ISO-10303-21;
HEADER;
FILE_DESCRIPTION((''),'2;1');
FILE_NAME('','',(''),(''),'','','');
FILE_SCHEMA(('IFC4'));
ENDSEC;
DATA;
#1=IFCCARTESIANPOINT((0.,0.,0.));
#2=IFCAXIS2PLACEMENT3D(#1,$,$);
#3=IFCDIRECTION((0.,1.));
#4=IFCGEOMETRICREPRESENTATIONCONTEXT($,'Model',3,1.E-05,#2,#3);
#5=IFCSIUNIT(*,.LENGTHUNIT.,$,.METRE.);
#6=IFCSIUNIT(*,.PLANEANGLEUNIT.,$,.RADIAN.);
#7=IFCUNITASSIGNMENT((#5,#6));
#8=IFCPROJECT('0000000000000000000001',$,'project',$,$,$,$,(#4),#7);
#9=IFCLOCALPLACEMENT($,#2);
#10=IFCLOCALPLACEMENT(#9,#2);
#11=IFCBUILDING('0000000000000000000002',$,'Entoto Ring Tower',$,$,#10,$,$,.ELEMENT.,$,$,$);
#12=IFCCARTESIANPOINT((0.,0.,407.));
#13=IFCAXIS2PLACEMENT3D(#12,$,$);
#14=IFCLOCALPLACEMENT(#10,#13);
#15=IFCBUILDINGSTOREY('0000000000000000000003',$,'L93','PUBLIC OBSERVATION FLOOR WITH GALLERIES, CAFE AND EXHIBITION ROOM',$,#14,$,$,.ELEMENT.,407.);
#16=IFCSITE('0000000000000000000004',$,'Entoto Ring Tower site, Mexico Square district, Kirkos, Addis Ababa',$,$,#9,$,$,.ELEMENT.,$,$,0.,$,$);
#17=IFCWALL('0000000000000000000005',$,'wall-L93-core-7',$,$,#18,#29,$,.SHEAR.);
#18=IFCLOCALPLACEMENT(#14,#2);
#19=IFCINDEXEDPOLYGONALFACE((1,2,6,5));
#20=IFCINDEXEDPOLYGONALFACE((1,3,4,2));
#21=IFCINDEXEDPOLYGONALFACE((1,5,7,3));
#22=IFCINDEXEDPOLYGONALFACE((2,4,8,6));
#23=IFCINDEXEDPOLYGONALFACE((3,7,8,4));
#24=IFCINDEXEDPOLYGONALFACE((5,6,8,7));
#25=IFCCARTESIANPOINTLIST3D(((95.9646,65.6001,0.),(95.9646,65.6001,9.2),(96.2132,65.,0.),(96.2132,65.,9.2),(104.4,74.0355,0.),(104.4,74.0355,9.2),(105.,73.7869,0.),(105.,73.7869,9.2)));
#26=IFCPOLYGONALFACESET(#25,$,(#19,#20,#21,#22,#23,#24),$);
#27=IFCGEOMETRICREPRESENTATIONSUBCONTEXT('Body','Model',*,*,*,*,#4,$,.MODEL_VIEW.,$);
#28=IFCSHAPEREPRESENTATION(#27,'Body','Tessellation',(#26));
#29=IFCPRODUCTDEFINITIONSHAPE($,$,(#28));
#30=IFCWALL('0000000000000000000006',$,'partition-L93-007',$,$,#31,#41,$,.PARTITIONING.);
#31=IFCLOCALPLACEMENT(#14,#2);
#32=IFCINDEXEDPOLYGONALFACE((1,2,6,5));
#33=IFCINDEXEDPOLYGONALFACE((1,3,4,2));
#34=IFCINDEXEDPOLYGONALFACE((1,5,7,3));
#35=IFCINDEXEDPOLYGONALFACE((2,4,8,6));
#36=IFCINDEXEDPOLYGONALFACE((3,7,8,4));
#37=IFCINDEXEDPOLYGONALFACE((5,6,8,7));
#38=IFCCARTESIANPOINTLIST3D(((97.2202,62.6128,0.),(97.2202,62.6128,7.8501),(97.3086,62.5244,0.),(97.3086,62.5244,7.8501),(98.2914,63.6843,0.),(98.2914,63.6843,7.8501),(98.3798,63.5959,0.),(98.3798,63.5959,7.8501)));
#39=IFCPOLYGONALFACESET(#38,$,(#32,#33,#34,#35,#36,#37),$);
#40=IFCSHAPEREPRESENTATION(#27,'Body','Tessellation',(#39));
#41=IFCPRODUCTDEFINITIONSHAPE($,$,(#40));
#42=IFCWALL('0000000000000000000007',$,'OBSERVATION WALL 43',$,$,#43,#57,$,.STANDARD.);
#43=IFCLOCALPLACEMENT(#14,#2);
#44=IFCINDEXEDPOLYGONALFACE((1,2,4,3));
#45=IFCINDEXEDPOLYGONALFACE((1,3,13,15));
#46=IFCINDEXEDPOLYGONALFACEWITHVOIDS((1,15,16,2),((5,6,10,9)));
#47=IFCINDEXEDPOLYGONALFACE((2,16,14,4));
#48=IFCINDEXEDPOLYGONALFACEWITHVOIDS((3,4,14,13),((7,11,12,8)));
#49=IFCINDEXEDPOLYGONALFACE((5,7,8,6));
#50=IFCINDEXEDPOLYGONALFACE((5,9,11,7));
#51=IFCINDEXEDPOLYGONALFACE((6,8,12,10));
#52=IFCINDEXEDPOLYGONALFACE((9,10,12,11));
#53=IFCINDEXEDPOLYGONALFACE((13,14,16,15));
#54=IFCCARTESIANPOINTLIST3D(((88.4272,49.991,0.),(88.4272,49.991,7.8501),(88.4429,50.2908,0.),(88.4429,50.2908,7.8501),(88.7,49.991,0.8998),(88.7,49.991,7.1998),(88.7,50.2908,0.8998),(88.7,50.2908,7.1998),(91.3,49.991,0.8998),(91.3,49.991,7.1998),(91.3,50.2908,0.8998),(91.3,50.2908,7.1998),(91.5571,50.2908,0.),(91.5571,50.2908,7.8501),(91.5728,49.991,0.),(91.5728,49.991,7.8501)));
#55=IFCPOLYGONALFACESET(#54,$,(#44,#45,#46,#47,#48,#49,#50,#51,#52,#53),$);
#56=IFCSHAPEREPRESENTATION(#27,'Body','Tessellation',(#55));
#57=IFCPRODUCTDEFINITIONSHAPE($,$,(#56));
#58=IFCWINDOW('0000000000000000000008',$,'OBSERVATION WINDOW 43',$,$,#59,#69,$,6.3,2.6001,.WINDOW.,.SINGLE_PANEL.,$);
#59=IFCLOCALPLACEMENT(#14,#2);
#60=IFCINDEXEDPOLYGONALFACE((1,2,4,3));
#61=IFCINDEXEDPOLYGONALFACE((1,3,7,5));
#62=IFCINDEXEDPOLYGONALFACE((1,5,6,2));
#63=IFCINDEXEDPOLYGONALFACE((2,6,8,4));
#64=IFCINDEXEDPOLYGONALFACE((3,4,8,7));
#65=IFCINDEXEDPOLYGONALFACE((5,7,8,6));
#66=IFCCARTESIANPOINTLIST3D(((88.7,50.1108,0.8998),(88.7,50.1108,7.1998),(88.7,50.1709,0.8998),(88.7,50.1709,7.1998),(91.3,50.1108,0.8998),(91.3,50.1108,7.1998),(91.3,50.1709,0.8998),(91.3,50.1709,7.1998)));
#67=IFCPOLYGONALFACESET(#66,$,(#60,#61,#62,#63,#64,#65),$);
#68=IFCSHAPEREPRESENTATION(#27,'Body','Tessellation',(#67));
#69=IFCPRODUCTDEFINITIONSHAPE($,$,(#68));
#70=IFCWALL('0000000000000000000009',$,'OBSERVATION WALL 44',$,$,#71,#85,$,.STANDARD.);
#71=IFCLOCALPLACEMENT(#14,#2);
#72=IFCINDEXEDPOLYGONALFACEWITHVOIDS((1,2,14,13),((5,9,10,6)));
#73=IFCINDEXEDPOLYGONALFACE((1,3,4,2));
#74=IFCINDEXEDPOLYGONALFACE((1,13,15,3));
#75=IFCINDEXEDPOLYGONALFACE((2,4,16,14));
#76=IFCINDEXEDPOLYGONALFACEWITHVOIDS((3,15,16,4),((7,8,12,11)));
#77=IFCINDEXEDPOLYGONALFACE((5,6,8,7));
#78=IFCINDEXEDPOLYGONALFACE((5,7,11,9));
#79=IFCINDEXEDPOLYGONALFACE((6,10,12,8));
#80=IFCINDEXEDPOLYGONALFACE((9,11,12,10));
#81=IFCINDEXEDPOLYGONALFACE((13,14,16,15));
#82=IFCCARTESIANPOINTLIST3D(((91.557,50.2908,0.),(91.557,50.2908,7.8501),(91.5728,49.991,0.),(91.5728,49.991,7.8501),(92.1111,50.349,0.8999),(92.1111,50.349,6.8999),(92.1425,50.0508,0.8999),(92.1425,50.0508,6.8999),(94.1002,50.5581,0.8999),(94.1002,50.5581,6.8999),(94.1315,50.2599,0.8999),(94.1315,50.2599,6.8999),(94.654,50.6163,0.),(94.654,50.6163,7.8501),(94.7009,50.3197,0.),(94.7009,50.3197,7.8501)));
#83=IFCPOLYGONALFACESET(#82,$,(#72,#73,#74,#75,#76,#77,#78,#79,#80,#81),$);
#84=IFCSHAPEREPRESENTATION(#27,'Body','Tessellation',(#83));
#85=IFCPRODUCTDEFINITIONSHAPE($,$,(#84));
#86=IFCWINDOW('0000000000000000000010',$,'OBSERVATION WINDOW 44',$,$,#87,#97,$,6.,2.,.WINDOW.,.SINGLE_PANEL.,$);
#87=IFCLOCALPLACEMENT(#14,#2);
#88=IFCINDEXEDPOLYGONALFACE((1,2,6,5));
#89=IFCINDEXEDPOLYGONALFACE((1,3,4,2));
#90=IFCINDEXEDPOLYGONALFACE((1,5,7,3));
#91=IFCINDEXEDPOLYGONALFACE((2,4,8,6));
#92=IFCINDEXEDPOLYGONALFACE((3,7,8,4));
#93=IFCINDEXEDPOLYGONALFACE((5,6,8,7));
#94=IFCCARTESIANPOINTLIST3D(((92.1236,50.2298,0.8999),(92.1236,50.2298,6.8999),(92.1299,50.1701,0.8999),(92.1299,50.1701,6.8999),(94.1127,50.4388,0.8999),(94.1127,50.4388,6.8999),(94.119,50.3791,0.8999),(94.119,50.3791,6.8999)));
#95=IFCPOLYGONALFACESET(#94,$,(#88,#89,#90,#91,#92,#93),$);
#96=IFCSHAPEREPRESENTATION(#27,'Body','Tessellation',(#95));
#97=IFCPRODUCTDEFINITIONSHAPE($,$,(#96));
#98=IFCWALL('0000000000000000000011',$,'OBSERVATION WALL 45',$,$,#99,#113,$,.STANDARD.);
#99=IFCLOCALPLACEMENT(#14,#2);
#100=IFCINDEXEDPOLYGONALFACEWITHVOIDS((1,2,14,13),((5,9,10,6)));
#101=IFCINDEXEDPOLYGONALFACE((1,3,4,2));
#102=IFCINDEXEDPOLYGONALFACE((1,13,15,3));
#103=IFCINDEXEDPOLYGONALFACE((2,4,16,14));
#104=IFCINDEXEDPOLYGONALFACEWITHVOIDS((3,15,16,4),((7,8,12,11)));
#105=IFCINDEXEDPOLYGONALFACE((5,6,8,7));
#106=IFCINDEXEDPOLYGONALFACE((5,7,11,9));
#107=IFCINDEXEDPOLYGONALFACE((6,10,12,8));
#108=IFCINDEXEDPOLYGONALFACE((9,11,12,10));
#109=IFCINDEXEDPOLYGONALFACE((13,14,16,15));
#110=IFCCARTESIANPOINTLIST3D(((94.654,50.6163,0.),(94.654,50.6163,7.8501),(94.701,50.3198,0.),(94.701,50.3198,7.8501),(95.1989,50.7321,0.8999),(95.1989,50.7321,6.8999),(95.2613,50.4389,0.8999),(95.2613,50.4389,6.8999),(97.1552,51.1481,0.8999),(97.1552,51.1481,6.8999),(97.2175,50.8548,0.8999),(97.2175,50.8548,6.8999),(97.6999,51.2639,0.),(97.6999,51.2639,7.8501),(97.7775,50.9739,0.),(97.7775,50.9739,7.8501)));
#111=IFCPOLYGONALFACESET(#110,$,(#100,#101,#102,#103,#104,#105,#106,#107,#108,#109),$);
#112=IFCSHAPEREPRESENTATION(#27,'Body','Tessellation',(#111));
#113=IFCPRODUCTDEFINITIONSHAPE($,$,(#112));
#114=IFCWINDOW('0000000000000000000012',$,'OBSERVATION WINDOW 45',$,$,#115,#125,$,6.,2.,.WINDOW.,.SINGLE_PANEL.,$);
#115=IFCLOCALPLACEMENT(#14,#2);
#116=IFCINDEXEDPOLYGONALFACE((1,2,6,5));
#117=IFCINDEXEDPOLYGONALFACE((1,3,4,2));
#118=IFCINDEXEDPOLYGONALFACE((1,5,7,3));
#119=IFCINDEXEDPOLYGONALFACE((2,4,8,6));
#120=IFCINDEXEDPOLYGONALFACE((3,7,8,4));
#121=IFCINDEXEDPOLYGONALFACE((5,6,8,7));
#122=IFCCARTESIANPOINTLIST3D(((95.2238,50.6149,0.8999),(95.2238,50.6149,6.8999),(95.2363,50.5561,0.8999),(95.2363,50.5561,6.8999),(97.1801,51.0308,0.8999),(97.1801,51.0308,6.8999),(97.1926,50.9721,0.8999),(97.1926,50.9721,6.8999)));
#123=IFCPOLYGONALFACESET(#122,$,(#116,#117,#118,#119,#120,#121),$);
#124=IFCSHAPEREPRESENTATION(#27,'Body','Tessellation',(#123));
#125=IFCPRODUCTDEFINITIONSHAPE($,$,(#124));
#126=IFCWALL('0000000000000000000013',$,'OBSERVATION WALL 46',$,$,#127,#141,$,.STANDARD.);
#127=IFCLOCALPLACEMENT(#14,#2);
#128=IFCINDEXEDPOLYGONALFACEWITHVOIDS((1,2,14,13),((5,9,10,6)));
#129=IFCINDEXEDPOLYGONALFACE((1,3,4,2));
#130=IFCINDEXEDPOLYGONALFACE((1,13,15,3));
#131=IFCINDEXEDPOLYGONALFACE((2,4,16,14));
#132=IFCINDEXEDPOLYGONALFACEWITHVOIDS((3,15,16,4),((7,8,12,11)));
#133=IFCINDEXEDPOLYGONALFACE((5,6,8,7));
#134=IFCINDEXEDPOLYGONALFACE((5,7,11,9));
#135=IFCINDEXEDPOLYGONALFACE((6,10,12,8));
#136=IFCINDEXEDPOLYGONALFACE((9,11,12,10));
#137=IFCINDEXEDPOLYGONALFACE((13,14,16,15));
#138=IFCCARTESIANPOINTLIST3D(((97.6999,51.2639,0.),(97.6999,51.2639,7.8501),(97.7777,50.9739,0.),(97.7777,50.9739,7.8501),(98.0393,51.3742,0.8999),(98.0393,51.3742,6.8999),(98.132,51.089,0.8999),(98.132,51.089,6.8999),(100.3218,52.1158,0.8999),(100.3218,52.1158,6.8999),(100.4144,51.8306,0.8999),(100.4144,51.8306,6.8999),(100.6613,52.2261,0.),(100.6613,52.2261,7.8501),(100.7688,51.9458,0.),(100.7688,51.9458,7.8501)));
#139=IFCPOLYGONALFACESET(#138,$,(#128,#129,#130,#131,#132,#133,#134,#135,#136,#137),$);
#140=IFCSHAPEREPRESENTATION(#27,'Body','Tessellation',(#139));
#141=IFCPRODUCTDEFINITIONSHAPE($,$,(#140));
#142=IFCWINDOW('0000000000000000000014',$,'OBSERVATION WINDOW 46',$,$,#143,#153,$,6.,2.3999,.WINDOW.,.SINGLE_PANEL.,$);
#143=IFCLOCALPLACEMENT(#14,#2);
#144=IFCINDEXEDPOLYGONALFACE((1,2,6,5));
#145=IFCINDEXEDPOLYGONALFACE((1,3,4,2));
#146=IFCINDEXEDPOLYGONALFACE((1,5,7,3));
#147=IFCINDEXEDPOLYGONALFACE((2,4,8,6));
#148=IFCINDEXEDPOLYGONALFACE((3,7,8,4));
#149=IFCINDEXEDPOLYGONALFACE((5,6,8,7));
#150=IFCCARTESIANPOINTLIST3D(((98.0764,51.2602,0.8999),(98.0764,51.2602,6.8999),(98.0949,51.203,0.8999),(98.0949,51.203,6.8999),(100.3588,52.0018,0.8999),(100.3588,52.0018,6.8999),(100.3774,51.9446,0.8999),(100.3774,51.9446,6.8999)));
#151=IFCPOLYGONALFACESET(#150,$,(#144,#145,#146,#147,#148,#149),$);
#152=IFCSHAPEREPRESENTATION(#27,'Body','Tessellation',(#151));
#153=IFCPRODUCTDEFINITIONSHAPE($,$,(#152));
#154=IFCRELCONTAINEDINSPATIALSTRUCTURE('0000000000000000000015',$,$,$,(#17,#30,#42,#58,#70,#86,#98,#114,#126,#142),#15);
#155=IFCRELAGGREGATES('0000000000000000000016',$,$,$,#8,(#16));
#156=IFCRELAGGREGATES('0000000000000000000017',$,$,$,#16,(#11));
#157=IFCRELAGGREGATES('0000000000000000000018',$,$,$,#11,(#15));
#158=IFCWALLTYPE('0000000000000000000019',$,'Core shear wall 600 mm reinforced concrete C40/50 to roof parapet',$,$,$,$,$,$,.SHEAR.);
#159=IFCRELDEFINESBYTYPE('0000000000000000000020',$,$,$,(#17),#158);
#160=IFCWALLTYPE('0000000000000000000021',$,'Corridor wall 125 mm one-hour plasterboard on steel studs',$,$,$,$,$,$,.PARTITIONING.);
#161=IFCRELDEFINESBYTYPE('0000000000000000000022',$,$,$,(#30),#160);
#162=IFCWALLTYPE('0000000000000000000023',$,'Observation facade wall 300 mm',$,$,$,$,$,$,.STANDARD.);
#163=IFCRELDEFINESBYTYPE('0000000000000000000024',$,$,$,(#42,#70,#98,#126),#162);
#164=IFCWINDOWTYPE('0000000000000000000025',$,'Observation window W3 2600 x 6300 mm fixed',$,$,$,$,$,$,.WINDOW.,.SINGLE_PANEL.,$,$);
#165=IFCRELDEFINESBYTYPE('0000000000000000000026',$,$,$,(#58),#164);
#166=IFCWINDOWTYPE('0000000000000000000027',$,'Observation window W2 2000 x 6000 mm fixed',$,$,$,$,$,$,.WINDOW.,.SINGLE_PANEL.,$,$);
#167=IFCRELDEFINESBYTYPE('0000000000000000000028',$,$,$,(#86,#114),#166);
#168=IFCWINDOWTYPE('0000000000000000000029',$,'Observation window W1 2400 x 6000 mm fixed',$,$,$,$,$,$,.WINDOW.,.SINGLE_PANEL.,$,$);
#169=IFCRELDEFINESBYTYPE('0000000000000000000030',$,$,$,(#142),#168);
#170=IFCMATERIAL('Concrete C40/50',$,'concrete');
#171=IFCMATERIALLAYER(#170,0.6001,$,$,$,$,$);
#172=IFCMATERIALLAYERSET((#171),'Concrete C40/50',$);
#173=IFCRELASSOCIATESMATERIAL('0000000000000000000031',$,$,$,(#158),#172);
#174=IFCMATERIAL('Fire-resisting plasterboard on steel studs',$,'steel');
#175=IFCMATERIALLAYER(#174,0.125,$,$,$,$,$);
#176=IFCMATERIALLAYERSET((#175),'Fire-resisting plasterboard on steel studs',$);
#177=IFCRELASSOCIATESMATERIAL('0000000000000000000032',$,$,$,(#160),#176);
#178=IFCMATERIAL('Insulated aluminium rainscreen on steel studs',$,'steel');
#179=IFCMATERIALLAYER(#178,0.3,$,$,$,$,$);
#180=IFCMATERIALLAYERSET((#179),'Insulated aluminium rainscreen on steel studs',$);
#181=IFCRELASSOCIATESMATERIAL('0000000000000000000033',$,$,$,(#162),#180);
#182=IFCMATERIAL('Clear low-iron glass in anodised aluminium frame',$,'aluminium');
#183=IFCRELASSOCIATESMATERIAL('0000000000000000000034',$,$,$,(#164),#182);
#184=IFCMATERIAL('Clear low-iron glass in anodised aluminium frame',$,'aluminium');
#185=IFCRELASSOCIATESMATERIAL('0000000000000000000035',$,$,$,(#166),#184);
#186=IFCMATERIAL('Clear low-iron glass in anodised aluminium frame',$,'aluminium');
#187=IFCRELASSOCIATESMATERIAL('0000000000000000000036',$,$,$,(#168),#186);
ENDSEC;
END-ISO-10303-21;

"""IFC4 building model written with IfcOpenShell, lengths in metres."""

from ifc_helpers import new_model, si_unit, direction, frame, frame_2d, origin, place, context, subcontext, project, spatial, polyline, rectangle, outline, extrude, material, layer, layer_set, type_object, element, fill, save


model = new_model("IFC4")

# Units and contexts
model_context = context("Model", 3, precision=1e-05, world=origin(), true_north=direction((0.0, 1.0)))
body_context = subcontext(model_context, "Body", "Model", "MODEL_VIEW")
ifc_project = project(units=[si_unit("LENGTHUNIT", "METRE"), si_unit("PLANEANGLEUNIT", "RADIAN")], contexts=[model_context])

# Site, building, storey
site_placement = place(None, origin())
site = spatial("IfcSite", under=ifc_project, at=site_placement, Name="Entoto Ring Tower site, Mexico Square district, Kirkos, Addis Ababa", CompositionType="ELEMENT", RefElevation=0.0)
building_placement = place(site_placement, origin())
building = spatial("IfcBuilding", under=site, at=building_placement, Name="Entoto Ring Tower", CompositionType="ELEMENT")
storey_placement = place(building_placement, frame((0.0, 0.0, 407.0)))
storey = spatial("IfcBuildingStorey", under=building, at=storey_placement, Name="L93", Description="PUBLIC OBSERVATION FLOOR WITH GALLERIES, CAFE AND EXHIBITION ROOM", CompositionType="ELEMENT", Elevation=407.0)

# Walls
ifc_material_1 = material(Name="Concrete C40/50", Category="concrete")
ifc_layer_1 = layer(ifc_material_1, 0.6001)
ifc_layer_set_1 = layer_set([ifc_layer_1], Name="Concrete C40/50")
wall_type_1 = type_object("IfcWallType", Name="Core shear wall 600 mm reinforced concrete C40/50 to roof parapet", PredefinedType="SHEAR", material=ifc_layer_set_1)
wall_1_placement = place(storey_placement, frame((96.0889, 65.3, 0.0), z_axis=(0.0, 0.0, 1.0), x_axis=(0.707107, 0.707107, 0.0)))
element("IfcWall", 1, at=wall_1_placement, inside=storey, type_object=wall_type_1, Name="wall-L93-core-7", PredefinedType="SHEAR", context=body_context, shape_type="SweptSolid", body=[
    extrude(outline(polyline([(-0.1243, -0.3), (12.3022, -0.3), (12.0537, 0.3), (0.1243, 0.3), (-0.1243, -0.3)])), origin(), (0.0, 0.0, 1.0), 9.2),
])
ifc_material_2 = material(Name="Fire-resisting plasterboard on steel studs", Category="steel")
ifc_layer_2 = layer(ifc_material_2, 0.125)
ifc_layer_set_2 = layer_set([ifc_layer_2], Name="Fire-resisting plasterboard on steel studs")
wall_type_2 = type_object("IfcWallType", Name="Corridor wall 125 mm one-hour plasterboard on steel studs", PredefinedType="PARTITIONING", material=ifc_layer_set_2)
wall_2_placement = place(storey_placement, frame((97.2644, 62.5686, 0.0), z_axis=(0.0, 0.0, 1.0), x_axis=(0.707026, 0.707187, 0.0)))
element("IfcWall", 2, at=wall_2_placement, inside=storey, type_object=wall_type_2, Name="partition-L93-007", PredefinedType="PARTITIONING", context=body_context, shape_type="SweptSolid", body=[
    extrude(rectangle(XDim=1.5151, YDim=0.125, at=frame_2d((0.7576, 0.0))), origin(), (0.0, 0.0, 1.0), 7.8501),
])

# Walls, openings, windows
ifc_material_3 = material(Name="Insulated aluminium rainscreen on steel studs", Category="steel")
ifc_layer_3 = layer(ifc_material_3, 0.3)
ifc_layer_set_3 = layer_set([ifc_layer_3], Name="Insulated aluminium rainscreen on steel studs")
wall_type_3 = type_object("IfcWallType", Name="Observation facade wall 300 mm", PredefinedType="STANDARD", material=ifc_layer_set_3)
wall_3_placement = place(storey_placement, frame((88.4351, 50.1409, 0.0), z_axis=(0.0, 0.0, 1.0), x_axis=(1.0, 0.0, 0.0)))
wall_3 = element("IfcWall", 3, at=wall_3_placement, inside=storey, type_object=wall_type_3, Name="OBSERVATION WALL 43", PredefinedType="STANDARD", context=body_context, shape_type="SweptSolid", body=[
    extrude(outline(polyline([(-0.0078, -0.1499), (3.1377, -0.1499), (3.1221, 0.1499), (0.0078, 0.1499), (-0.0078, -0.1499)])), origin(), (0.0, 0.0, 1.0), 7.8501),
])
opening_1_placement = place(wall_3_placement, frame((0.2649, 0.0, 0.8999)))
opening_1 = element("IfcOpeningElement", 4, at=opening_1_placement, cuts=wall_3, PredefinedType="OPENING", context=body_context, shape_type="SweptSolid", body=[
    extrude(rectangle(XDim=2.6001, YDim=6.3, at=frame_2d((1.3, 3.1499))), frame((0.0, 0.1602, 0.0), z_axis=(0.0, -1.0, 0.0), x_axis=(1.0, 0.0, 0.0)), (0.0, 0.0, 1.0), 0.3201),
])
ifc_material_4 = material(Name="Clear low-iron glass in anodised aluminium frame", Category="aluminium")
window_type_1 = type_object("IfcWindowType", Name="Observation window W3 2600 x 6300 mm fixed", PartitioningType="SINGLE_PANEL", PredefinedType="WINDOW", material=ifc_material_4)
window_1_placement = place(opening_1_placement, origin())
window_1 = element("IfcWindow", 5, at=window_1_placement, inside=storey, type_object=window_type_1, Name="OBSERVATION WINDOW 43", OverallHeight=6.3, OverallWidth=2.6001, PartitioningType="SINGLE_PANEL", PredefinedType="WINDOW", context=body_context, shape_type="SweptSolid", body=[
    extrude(rectangle(XDim=2.6001, YDim=6.3, at=frame_2d((1.3, 3.1499))), frame((0.0, 0.03, 0.0), z_axis=(0.0, -1.0, 0.0), x_axis=(1.0, 0.0, 0.0)), (0.0, 0.0, 1.0), 0.0601),
])
fill(opening_1, window_1)
wall_4_placement = place(storey_placement, frame((91.5649, 50.1409, 0.0), z_axis=(0.0, 0.0, 1.0), x_axis=(0.994522, 0.10453, 0.0)))
wall_4 = element("IfcWall", 6, at=wall_4_placement, inside=storey, type_object=wall_type_3, Name="OBSERVATION WALL 44", PredefinedType="STANDARD", context=body_context, shape_type="SweptSolid", body=[
    extrude(outline(polyline([(-0.0078, -0.1499), (3.1375, -0.1499), (3.1218, 0.1499), (0.0078, 0.1499), (-0.0078, -0.1499)])), origin(), (0.0, 0.0, 1.0), 7.8501),
])
opening_2_placement = place(wall_4_placement, frame((0.5649, 0.0, 0.8999)))
opening_2 = element("IfcOpeningElement", 7, at=opening_2_placement, cuts=wall_4, PredefinedType="OPENING", context=body_context, shape_type="SweptSolid", body=[
    extrude(rectangle(XDim=2.0, YDim=6.0, at=frame_2d((1.0, 3.0))), frame((0.0, 0.1602, 0.0), z_axis=(0.0, -1.0, 0.0), x_axis=(1.0, 0.0, 0.0)), (0.0, 0.0, 1.0), 0.3201),
])
ifc_material_5 = material(Name="Clear low-iron glass in anodised aluminium frame", Category="aluminium")
window_type_2 = type_object("IfcWindowType", Name="Observation window W2 2000 x 6000 mm fixed", PartitioningType="SINGLE_PANEL", PredefinedType="WINDOW", material=ifc_material_5)
window_2_placement = place(opening_2_placement, origin())
window_2 = element("IfcWindow", 8, at=window_2_placement, inside=storey, type_object=window_type_2, Name="OBSERVATION WINDOW 44", OverallHeight=6.0, OverallWidth=2.0, PartitioningType="SINGLE_PANEL", PredefinedType="WINDOW", context=body_context, shape_type="SweptSolid", body=[
    extrude(rectangle(XDim=2.0, YDim=6.0, at=frame_2d((1.0, 3.0))), frame((0.0, 0.03, 0.0), z_axis=(0.0, -1.0, 0.0), x_axis=(1.0, 0.0, 0.0)), (0.0, 0.0, 1.0), 0.0601),
])
fill(opening_2, window_2)
wall_5_placement = place(storey_placement, frame((94.6775, 50.468, 0.0), z_axis=(0.0, 0.0, 1.0), x_axis=(0.978136, 0.207968, 0.0)))
wall_5 = element("IfcWall", 9, at=wall_5_placement, inside=storey, type_object=wall_type_3, Name="OBSERVATION WALL 45", PredefinedType="STANDARD", context=body_context, shape_type="SweptSolid", body=[
    extrude(outline(polyline([(-0.0078, -0.1499), (3.1375, -0.1499), (3.1218, 0.1499), (0.0078, 0.1499), (-0.0078, -0.1499)])), origin(), (0.0, 0.0, 1.0), 7.8501),
])
opening_3_placement = place(wall_5_placement, frame((0.5649, 0.0, 0.8999)))
opening_3 = element("IfcOpeningElement", 10, at=opening_3_placement, cuts=wall_5, PredefinedType="OPENING", context=body_context, shape_type="SweptSolid", body=[
    extrude(rectangle(XDim=2.0, YDim=6.0, at=frame_2d((1.0, 3.0))), frame((0.0, 0.1602, 0.0), z_axis=(0.0, -1.0, 0.0), x_axis=(1.0, 0.0, 0.0)), (0.0, 0.0, 1.0), 0.3201),
])
window_3_placement = place(opening_3_placement, origin())
window_3 = element("IfcWindow", 11, at=window_3_placement, inside=storey, type_object=window_type_2, Name="OBSERVATION WINDOW 45", OverallHeight=6.0, OverallWidth=2.0, PartitioningType="SINGLE_PANEL", PredefinedType="WINDOW", context=body_context, shape_type="SweptSolid", body=[
    extrude(rectangle(XDim=2.0, YDim=6.0, at=frame_2d((1.0, 3.0))), frame((0.0, 0.03, 0.0), z_axis=(0.0, -1.0, 0.0), x_axis=(1.0, 0.0, 0.0)), (0.0, 0.0, 1.0), 0.0601),
])
fill(opening_3, window_3)
wall_6_placement = place(storey_placement, frame((97.7388, 51.1189, 0.0), z_axis=(0.0, 0.0, 1.0), x_axis=(0.951059, 0.30901, 0.0)))
wall_6 = element("IfcWall", 12, at=wall_6_placement, inside=storey, type_object=wall_type_3, Name="OBSERVATION WALL 46", PredefinedType="STANDARD", context=body_context, shape_type="SweptSolid", body=[
    extrude(outline(polyline([(-0.0078, -0.1499), (3.1372, -0.1499), (3.1216, 0.1499), (0.0078, 0.1499), (-0.0078, -0.1499)])), origin(), (0.0, 0.0, 1.0), 7.8501),
])
opening_4_placement = place(wall_6_placement, frame((0.3647, 0.0, 0.8999)))
opening_4 = element("IfcOpeningElement", 13, at=opening_4_placement, cuts=wall_6, PredefinedType="OPENING", context=body_context, shape_type="SweptSolid", body=[
    extrude(rectangle(XDim=2.3999, YDim=6.0, at=frame_2d((1.2, 3.0))), frame((0.0, 0.1602, 0.0), z_axis=(0.0, -1.0, 0.0), x_axis=(1.0, 0.0, 0.0)), (0.0, 0.0, 1.0), 0.3201),
])
ifc_material_6 = material(Name="Clear low-iron glass in anodised aluminium frame", Category="aluminium")
window_type_3 = type_object("IfcWindowType", Name="Observation window W1 2400 x 6000 mm fixed", PartitioningType="SINGLE_PANEL", PredefinedType="WINDOW", material=ifc_material_6)
window_4_placement = place(opening_4_placement, origin())
window_4 = element("IfcWindow", 14, at=window_4_placement, inside=storey, type_object=window_type_3, Name="OBSERVATION WINDOW 46", OverallHeight=6.0, OverallWidth=2.3999, PartitioningType="SINGLE_PANEL", PredefinedType="WINDOW", context=body_context, shape_type="SweptSolid", body=[
    extrude(rectangle(XDim=2.3999, YDim=6.0, at=frame_2d((1.2, 3.0))), frame((0.0, 0.03, 0.0), z_axis=(0.0, -1.0, 0.0), x_axis=(1.0, 0.0, 0.0)), (0.0, 0.0, 1.0), 0.0601),
])
fill(opening_4, window_4)

save(model, "model.ifc")
